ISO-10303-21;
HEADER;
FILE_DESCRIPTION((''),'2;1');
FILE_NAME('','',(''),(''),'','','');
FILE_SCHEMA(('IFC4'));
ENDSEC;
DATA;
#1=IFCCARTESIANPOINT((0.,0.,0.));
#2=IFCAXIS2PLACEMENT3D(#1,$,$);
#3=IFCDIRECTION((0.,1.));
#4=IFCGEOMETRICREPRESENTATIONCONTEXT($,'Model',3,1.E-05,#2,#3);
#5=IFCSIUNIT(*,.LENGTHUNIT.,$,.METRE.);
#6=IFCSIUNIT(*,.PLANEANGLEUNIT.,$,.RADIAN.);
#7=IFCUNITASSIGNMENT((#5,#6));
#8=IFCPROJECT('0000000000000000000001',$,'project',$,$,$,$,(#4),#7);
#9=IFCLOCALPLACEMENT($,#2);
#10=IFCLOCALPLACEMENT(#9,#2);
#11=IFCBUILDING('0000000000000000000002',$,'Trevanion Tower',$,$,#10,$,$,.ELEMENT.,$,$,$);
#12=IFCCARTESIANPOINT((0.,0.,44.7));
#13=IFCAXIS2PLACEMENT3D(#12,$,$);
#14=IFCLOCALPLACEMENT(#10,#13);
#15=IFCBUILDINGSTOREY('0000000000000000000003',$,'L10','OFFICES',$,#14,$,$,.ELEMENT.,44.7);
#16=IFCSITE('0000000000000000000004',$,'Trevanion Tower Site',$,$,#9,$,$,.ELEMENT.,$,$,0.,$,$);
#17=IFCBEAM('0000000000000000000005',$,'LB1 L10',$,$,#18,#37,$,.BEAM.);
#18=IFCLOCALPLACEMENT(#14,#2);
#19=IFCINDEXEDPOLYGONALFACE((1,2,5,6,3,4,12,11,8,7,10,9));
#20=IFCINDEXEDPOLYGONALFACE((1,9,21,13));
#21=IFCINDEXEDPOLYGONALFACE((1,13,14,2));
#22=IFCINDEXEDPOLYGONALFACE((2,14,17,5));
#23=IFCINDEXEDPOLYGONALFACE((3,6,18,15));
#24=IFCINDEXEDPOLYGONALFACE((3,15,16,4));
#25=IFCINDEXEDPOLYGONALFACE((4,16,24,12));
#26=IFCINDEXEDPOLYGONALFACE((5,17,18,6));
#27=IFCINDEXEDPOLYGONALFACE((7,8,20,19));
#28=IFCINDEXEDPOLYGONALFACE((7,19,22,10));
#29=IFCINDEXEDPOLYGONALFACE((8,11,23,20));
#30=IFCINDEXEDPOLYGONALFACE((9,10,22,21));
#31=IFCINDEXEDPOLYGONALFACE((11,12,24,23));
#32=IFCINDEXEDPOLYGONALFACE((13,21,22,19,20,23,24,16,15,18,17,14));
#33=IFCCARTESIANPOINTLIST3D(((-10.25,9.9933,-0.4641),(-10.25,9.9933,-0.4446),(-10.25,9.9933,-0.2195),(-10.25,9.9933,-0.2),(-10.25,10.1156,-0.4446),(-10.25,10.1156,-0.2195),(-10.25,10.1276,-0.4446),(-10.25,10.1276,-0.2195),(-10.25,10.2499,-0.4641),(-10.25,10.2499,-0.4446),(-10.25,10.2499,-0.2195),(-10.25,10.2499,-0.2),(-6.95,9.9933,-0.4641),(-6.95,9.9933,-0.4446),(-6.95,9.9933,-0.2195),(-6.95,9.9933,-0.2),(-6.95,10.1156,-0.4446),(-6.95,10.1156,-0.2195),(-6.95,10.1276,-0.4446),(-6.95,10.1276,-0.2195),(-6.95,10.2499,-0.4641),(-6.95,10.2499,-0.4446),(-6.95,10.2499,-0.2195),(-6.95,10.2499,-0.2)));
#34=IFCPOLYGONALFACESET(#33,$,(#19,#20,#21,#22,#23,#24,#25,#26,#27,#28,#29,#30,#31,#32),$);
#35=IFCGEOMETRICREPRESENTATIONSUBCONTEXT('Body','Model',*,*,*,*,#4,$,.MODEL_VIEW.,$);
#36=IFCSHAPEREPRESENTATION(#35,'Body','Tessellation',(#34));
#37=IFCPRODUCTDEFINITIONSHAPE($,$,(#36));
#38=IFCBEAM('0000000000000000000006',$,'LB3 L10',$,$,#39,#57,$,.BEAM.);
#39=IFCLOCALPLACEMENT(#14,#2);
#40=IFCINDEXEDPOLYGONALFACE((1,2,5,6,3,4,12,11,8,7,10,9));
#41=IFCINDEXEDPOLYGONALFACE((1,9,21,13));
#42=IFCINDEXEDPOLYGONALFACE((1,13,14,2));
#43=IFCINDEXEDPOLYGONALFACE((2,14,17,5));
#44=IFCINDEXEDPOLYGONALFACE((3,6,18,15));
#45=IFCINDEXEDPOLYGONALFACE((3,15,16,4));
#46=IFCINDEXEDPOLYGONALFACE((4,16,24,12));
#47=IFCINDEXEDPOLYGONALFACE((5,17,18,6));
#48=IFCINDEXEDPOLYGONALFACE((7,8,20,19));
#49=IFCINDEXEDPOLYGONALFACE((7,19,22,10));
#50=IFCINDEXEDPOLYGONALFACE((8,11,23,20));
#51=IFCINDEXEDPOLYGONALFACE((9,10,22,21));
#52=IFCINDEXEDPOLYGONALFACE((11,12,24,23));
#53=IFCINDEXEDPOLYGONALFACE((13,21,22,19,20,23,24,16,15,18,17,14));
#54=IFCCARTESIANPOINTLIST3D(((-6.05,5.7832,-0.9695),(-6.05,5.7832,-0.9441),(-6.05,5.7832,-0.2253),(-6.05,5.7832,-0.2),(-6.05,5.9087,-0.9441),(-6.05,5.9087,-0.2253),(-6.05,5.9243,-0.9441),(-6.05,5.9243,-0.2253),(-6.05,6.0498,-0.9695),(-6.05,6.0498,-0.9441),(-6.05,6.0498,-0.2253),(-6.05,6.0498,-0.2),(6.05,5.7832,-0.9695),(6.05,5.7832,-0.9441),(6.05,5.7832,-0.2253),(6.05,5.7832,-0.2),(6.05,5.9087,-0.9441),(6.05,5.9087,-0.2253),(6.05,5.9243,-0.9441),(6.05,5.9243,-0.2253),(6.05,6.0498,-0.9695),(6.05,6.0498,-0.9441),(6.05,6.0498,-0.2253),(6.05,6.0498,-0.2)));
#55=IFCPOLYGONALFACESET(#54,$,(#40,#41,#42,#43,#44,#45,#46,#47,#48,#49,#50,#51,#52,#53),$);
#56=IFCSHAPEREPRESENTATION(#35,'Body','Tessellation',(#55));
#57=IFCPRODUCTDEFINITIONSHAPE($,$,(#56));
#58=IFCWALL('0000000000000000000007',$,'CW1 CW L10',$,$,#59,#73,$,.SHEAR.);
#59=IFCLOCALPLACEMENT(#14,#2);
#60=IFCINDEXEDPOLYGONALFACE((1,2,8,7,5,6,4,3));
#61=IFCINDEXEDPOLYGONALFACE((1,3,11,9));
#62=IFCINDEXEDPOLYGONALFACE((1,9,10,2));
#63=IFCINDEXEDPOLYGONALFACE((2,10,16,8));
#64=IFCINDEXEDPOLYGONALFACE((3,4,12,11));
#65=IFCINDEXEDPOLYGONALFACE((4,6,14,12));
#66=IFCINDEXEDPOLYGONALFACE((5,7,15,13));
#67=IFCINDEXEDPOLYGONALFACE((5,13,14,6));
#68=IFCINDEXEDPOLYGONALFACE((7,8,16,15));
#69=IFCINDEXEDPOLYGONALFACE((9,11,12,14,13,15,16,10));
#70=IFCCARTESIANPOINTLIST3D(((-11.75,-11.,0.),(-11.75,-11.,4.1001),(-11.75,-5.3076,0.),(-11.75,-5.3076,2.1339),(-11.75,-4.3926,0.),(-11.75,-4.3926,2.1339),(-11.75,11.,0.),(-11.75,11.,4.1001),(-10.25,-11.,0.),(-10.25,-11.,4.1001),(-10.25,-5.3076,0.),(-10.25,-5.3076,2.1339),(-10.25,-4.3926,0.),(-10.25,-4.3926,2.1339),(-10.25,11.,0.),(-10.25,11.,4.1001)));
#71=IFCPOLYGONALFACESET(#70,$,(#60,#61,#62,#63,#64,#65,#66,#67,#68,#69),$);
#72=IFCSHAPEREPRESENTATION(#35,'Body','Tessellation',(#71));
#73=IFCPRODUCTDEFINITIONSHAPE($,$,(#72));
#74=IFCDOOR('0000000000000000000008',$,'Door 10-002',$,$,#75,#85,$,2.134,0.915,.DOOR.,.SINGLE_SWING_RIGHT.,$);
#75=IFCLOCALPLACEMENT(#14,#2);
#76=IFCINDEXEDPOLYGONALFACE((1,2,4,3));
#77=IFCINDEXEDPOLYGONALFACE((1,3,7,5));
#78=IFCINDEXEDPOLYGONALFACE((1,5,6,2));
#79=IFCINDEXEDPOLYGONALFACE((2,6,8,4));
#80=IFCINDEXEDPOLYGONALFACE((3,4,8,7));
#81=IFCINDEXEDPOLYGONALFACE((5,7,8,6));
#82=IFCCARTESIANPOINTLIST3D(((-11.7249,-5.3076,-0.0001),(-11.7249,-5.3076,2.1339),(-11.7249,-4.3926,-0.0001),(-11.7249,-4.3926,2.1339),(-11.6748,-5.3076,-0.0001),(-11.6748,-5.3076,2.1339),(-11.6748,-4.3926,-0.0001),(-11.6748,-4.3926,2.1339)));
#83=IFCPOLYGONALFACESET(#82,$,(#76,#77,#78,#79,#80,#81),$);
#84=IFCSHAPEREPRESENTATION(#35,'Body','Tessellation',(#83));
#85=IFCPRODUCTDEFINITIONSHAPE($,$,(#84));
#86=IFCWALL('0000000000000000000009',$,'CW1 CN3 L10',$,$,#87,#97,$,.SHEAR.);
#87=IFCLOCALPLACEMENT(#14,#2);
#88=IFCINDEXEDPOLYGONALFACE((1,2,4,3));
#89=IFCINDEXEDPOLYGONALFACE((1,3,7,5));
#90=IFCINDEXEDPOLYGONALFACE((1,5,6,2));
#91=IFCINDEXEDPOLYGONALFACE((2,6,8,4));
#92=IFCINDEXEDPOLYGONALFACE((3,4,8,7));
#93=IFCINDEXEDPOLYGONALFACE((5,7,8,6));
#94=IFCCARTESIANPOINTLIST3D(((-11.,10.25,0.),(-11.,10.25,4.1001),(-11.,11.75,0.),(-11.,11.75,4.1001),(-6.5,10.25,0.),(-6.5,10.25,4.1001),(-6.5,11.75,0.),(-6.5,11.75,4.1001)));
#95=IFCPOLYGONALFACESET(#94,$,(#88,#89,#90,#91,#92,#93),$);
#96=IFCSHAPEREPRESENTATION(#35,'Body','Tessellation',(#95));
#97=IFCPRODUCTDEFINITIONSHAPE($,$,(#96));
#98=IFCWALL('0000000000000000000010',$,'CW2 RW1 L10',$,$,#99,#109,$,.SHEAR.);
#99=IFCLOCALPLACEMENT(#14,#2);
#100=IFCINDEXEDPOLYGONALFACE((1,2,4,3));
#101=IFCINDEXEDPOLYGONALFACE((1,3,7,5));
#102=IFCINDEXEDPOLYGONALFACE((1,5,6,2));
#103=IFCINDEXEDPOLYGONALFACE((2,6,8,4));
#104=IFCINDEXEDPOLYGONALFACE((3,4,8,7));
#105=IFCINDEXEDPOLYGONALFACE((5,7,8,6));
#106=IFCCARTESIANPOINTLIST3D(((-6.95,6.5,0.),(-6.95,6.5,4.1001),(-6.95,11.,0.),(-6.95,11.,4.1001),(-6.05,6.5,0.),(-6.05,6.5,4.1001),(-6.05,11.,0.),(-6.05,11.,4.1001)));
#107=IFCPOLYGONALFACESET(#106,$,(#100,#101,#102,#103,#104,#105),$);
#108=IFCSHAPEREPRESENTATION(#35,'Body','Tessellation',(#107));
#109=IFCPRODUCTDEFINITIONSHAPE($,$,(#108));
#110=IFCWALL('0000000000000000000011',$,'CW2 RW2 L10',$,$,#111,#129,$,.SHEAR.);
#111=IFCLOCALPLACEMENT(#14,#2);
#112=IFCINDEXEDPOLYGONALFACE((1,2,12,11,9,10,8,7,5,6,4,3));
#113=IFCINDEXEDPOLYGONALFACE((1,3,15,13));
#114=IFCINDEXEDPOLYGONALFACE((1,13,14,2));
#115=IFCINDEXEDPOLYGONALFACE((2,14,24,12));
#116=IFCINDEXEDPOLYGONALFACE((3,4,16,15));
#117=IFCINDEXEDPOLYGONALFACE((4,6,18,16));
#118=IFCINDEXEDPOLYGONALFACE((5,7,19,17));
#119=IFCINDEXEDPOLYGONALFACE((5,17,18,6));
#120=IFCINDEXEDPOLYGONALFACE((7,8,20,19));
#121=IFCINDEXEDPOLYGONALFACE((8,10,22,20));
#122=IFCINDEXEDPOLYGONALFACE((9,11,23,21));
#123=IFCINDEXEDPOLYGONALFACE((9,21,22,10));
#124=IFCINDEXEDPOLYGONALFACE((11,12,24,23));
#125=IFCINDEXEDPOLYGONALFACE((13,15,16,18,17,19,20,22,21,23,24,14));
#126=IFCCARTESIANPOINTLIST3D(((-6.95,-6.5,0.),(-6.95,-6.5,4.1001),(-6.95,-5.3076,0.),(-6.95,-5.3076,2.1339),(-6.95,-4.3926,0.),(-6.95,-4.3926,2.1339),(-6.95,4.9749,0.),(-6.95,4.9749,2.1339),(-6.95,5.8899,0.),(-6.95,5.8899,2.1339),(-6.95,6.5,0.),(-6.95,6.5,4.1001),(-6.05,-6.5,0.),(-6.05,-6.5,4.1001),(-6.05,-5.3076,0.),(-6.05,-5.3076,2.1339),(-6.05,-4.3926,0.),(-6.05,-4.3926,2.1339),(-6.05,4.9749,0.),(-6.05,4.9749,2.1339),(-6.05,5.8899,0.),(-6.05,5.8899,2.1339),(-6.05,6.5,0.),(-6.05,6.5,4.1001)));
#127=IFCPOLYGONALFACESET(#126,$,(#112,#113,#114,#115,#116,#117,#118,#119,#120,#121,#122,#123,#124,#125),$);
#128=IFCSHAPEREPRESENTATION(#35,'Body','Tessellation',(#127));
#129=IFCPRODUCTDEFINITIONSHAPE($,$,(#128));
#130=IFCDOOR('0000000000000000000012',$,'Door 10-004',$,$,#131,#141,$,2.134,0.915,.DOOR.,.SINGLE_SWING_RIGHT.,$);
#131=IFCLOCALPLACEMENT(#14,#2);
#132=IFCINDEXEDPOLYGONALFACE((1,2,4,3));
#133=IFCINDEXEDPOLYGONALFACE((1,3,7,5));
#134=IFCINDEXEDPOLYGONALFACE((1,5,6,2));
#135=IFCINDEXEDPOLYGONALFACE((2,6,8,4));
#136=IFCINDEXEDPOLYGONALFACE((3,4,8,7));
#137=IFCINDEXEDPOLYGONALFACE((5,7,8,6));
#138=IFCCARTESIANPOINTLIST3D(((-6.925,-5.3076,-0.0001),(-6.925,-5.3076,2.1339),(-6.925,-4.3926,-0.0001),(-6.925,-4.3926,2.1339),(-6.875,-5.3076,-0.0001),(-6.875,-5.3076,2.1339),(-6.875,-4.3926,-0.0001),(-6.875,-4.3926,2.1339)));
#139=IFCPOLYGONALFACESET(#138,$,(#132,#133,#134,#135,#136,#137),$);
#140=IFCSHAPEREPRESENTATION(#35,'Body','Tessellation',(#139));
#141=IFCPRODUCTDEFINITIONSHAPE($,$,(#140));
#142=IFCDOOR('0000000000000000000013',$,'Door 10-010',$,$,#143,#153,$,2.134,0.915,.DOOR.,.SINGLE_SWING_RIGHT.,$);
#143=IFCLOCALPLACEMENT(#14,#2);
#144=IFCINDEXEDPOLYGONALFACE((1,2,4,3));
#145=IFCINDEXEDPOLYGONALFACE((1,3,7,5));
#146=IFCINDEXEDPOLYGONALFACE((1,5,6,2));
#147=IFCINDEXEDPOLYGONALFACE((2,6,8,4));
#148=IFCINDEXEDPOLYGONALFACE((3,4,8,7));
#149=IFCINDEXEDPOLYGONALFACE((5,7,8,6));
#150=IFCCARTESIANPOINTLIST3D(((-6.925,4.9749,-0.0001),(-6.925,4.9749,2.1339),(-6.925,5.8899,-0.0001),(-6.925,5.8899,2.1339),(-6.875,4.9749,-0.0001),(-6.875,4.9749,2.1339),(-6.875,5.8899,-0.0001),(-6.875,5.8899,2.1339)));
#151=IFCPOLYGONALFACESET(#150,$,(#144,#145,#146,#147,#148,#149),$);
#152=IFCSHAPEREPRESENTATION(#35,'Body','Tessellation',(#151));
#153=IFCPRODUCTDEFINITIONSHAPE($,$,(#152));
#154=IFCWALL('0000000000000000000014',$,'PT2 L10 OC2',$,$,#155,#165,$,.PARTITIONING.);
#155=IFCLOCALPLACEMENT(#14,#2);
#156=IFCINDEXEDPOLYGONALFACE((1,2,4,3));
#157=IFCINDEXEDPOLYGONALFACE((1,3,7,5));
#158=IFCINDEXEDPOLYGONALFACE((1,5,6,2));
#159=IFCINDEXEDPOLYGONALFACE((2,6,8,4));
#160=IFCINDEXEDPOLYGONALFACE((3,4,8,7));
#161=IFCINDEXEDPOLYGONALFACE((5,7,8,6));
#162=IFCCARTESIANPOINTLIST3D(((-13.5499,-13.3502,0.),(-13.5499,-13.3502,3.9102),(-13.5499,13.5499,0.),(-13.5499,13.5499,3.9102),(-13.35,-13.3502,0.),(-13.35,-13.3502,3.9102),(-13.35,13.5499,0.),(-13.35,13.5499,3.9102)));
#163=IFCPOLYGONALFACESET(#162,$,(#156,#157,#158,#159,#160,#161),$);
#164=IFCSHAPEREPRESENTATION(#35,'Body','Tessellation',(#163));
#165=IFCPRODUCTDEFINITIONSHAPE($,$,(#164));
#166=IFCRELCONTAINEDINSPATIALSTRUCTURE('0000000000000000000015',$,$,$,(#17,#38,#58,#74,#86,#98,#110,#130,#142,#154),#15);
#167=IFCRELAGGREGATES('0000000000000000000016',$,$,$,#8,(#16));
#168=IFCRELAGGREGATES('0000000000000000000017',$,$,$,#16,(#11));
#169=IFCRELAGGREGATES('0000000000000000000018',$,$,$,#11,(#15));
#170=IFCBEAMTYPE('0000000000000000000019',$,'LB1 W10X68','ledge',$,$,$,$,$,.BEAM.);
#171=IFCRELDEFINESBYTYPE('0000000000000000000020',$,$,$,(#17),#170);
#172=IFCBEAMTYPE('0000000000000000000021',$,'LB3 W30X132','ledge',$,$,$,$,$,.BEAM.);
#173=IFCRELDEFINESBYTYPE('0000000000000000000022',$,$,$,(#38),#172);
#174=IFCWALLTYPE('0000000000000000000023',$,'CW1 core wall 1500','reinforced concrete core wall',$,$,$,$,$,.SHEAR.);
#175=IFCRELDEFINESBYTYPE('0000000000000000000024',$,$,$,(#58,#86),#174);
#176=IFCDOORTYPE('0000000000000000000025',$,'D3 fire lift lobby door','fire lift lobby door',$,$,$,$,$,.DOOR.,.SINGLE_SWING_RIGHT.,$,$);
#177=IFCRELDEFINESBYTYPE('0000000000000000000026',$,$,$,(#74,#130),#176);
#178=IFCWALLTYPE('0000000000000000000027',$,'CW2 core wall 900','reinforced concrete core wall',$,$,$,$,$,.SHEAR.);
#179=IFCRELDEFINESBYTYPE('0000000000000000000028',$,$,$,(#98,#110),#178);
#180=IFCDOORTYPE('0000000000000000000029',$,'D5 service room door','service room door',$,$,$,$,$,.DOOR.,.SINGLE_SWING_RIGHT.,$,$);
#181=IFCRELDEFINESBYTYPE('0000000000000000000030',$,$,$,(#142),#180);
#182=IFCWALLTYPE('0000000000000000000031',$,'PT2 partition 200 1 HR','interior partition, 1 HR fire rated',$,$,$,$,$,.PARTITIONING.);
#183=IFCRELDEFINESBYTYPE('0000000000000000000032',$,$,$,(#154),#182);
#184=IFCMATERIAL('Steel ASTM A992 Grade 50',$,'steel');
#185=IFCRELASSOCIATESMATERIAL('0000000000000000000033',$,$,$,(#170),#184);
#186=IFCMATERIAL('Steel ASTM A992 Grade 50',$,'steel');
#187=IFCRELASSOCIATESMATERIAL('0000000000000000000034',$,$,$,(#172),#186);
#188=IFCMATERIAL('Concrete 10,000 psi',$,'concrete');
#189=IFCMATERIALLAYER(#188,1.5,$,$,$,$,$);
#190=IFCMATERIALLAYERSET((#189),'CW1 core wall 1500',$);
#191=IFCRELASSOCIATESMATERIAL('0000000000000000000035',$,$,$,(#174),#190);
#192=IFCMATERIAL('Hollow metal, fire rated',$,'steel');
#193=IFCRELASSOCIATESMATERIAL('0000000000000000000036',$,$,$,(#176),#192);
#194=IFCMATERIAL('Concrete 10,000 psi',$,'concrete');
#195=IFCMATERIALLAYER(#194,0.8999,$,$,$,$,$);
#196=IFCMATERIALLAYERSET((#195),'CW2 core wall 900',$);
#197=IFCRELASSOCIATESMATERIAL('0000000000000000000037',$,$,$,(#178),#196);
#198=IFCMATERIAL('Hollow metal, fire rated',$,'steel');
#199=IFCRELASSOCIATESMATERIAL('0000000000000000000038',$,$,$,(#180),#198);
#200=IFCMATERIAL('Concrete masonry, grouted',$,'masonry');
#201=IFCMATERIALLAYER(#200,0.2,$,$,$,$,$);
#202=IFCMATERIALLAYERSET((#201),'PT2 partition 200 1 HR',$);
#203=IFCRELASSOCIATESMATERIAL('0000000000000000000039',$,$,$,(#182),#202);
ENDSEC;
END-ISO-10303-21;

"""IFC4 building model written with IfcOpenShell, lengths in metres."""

from ifc_helpers import new_model, si_unit, direction, frame, frame_2d, origin, origin_2d, place, context, subcontext, project, spatial, rectangle, i_section, extrude, material, layer, layer_set, material_profile, profile_set, type_object, element, fill, save


model = new_model("IFC4")

# Units and contexts
model_context = context("Model", 3, precision=1e-05, world=origin(), true_north=direction((0.0, 1.0)))
body_context = subcontext(model_context, "Body", "Model", "MODEL_VIEW")
ifc_project = project(units=[si_unit("LENGTHUNIT", "METRE"), si_unit("PLANEANGLEUNIT", "RADIAN")], contexts=[model_context])

# Site, building, storey
site_placement = place(None, origin())
site = spatial("IfcSite", under=ifc_project, at=site_placement, Name="Trevanion Tower Site", CompositionType="ELEMENT", RefElevation=0.0)
building_placement = place(site_placement, origin())
building = spatial("IfcBuilding", under=site, at=building_placement, Name="Trevanion Tower", CompositionType="ELEMENT")
storey_placement = place(building_placement, frame((0.0, 0.0, 44.7)))
storey = spatial("IfcBuildingStorey", under=building, at=storey_placement, Name="L10", Description="OFFICES", CompositionType="ELEMENT", Elevation=44.7)

# Beams
ifc_material_1 = material(Name="Steel ASTM A992 Grade 50", Category="steel")
ifc_material_profile_1 = material_profile(ifc_material_1, i_section(OverallWidth=0.2566, OverallDepth=0.2642, WebThickness=0.012, FlangeThickness=0.0195, at=origin_2d()), Name="W10X68")
ifc_profile_set_1 = profile_set([ifc_material_profile_1], Name="Steel ASTM A992 Grade 50")
beam_type_1 = type_object("IfcBeamType", Name="LB1 W10X68", Description="ledge", PredefinedType="BEAM", material=ifc_profile_set_1)
beam_1_placement = place(storey_placement, frame((-10.25, 10.1216, -0.332), z_axis=(1.0, 0.0, 0.0), x_axis=(0.0, 1.0, 0.0)))
element("IfcBeam", 1, at=beam_1_placement, inside=storey, type_object=beam_type_1, Name="LB1 L10", PredefinedType="BEAM", context=body_context, shape_type="SweptSolid", body=[
    extrude(i_section(OverallWidth=0.2566, OverallDepth=0.2642, WebThickness=0.012, FlangeThickness=0.0195, at=origin_2d()), origin(), (0.0, 0.0, 1.0), 3.3),
])
ifc_material_2 = material(Name="Steel ASTM A992 Grade 50", Category="steel")
ifc_material_profile_2 = material_profile(ifc_material_2, i_section(OverallWidth=0.2666, OverallDepth=0.7695, WebThickness=0.0156, FlangeThickness=0.0254, at=origin_2d()), Name="W30X132")
ifc_profile_set_2 = profile_set([ifc_material_profile_2], Name="Steel ASTM A992 Grade 50")
beam_type_2 = type_object("IfcBeamType", Name="LB3 W30X132", Description="ledge", PredefinedType="BEAM", material=ifc_profile_set_2)
beam_2_placement = place(storey_placement, frame((-6.05, 5.9165, -0.5847), z_axis=(1.0, 0.0, 0.0), x_axis=(0.0, 1.0, 0.0)))
element("IfcBeam", 2, at=beam_2_placement, inside=storey, type_object=beam_type_2, Name="LB3 L10", PredefinedType="BEAM", context=body_context, shape_type="SweptSolid", body=[
    extrude(i_section(OverallWidth=0.2666, OverallDepth=0.7695, WebThickness=0.0156, FlangeThickness=0.0254, at=origin_2d()), origin(), (0.0, 0.0, 1.0), 12.1001),
])

# Wall, opening, door
ifc_material_3 = material(Name="Concrete 10,000 psi", Category="concrete")
ifc_layer_1 = layer(ifc_material_3, 1.5)
ifc_layer_set_1 = layer_set([ifc_layer_1], Name="CW1 core wall 1500")
wall_type_1 = type_object("IfcWallType", Name="CW1 core wall 1500", Description="reinforced concrete core wall", PredefinedType="SHEAR", material=ifc_layer_set_1)
wall_1_placement = place(storey_placement, frame((-11.0, 11.0, 0.0), z_axis=(0.0, 0.0, 1.0), x_axis=(0.0, -1.0, 0.0)))
wall_1 = element("IfcWall", 3, at=wall_1_placement, inside=storey, type_object=wall_type_1, Name="CW1 CW L10", PredefinedType="SHEAR", context=body_context, shape_type="SweptSolid", body=[
    extrude(rectangle(XDim=22.0, YDim=1.5, at=frame_2d((11.0, 0.0))), origin(), (0.0, 0.0, 1.0), 4.1001),
])
opening_1_placement = place(wall_1_placement, frame((15.3926, 0.0, 0.0)))
opening_1 = element("IfcOpeningElement", 4, at=opening_1_placement, cuts=wall_1, PredefinedType="OPENING", context=body_context, shape_type="SweptSolid", body=[
    extrude(rectangle(XDim=0.915, YDim=2.134, at=frame_2d((0.4575, 1.0669))), frame((0.0, 0.76, 0.0), z_axis=(0.0, -1.0, 0.0), x_axis=(1.0, 0.0, 0.0)), (0.0, 0.0, 1.0), 1.52),
])
ifc_material_4 = material(Name="Hollow metal, fire rated", Category="steel")
door_type_1 = type_object("IfcDoorType", Name="D3 fire lift lobby door", Description="fire lift lobby door", OperationType="SINGLE_SWING_RIGHT", PredefinedType="DOOR", material=ifc_material_4)
door_1_placement = place(opening_1_placement, origin())
door_1 = element("IfcDoor", 5, at=door_1_placement, inside=storey, type_object=door_type_1, Name="Door 10-002", OperationType="SINGLE_SWING_RIGHT", OverallHeight=2.134, OverallWidth=0.915, PredefinedType="DOOR", context=body_context, shape_type="SweptSolid", body=[
    extrude(rectangle(XDim=0.915, YDim=2.134, at=frame_2d((0.4575, 1.0669))), frame((0.0, -0.6748, 0.0), z_axis=(0.0, -1.0, 0.0), x_axis=(1.0, 0.0, 0.0)), (0.0, 0.0, 1.0), 0.05),
])
fill(opening_1, door_1)

# Walls
wall_2_placement = place(storey_placement, frame((-6.5, 11.0, 0.0), z_axis=(0.0, 0.0, 1.0), x_axis=(-1.0, 0.0, 0.0)))
element("IfcWall", 6, at=wall_2_placement, inside=storey, type_object=wall_type_1, Name="CW1 CN3 L10", PredefinedType="SHEAR", context=body_context, shape_type="SweptSolid", body=[
    extrude(rectangle(XDim=4.5, YDim=1.5, at=frame_2d((2.25, 0.0))), origin(), (0.0, 0.0, 1.0), 4.1001),
])
ifc_material_5 = material(Name="Concrete 10,000 psi", Category="concrete")
ifc_layer_2 = layer(ifc_material_5, 0.8999)
ifc_layer_set_2 = layer_set([ifc_layer_2], Name="CW2 core wall 900")
wall_type_2 = type_object("IfcWallType", Name="CW2 core wall 900", Description="reinforced concrete core wall", PredefinedType="SHEAR", material=ifc_layer_set_2)
wall_3_placement = place(storey_placement, frame((-6.5, 11.0, 0.0), z_axis=(0.0, 0.0, 1.0), x_axis=(0.0, -1.0, 0.0)))
element("IfcWall", 7, at=wall_3_placement, inside=storey, type_object=wall_type_2, Name="CW2 RW1 L10", PredefinedType="SHEAR", context=body_context, shape_type="SweptSolid", body=[
    extrude(rectangle(XDim=4.5, YDim=0.8999, at=frame_2d((2.25, 0.0))), origin(), (0.0, 0.0, 1.0), 4.1001),
])

# Wall, openings, doors
wall_4_placement = place(storey_placement, frame((-6.5, 6.5, 0.0), z_axis=(0.0, 0.0, 1.0), x_axis=(0.0, -1.0, 0.0)))
wall_4 = element("IfcWall", 8, at=wall_4_placement, inside=storey, type_object=wall_type_2, Name="CW2 RW2 L10", PredefinedType="SHEAR", context=body_context, shape_type="SweptSolid", body=[
    extrude(rectangle(XDim=13.0, YDim=0.8999, at=frame_2d((6.5, 0.0))), origin(), (0.0, 0.0, 1.0), 4.1001),
])
opening_2_placement = place(wall_4_placement, frame((10.8926, 0.0, 0.0)))
opening_2 = element("IfcOpeningElement", 9, at=opening_2_placement, cuts=wall_4, PredefinedType="OPENING", context=body_context, shape_type="SweptSolid", body=[
    extrude(rectangle(XDim=0.915, YDim=2.134, at=frame_2d((0.4575, 1.0669))), frame((0.0, 0.46, 0.0), z_axis=(0.0, -1.0, 0.0), x_axis=(1.0, 0.0, 0.0)), (0.0, 0.0, 1.0), 0.9199),
])
opening_3_placement = place(wall_4_placement, frame((0.6101, 0.0, 0.0)))
opening_3 = element("IfcOpeningElement", 10, at=opening_3_placement, cuts=wall_4, PredefinedType="OPENING", context=body_context, shape_type="SweptSolid", body=[
    extrude(rectangle(XDim=0.915, YDim=2.134, at=frame_2d((0.4575, 1.0669))), frame((0.0, 0.46, 0.0), z_axis=(0.0, -1.0, 0.0), x_axis=(1.0, 0.0, 0.0)), (0.0, 0.0, 1.0), 0.9199),
])
door_2_placement = place(opening_2_placement, origin())
door_2 = element("IfcDoor", 11, at=door_2_placement, inside=storey, type_object=door_type_1, Name="Door 10-004", OperationType="SINGLE_SWING_RIGHT", OverallHeight=2.134, OverallWidth=0.915, PredefinedType="DOOR", context=body_context, shape_type="SweptSolid", body=[
    extrude(rectangle(XDim=0.915, YDim=2.134, at=frame_2d((0.4575, 1.0669))), frame((0.0, -0.375, 0.0), z_axis=(0.0, -1.0, 0.0), x_axis=(1.0, 0.0, 0.0)), (0.0, 0.0, 1.0), 0.05),
])
fill(opening_2, door_2)
ifc_material_6 = material(Name="Hollow metal, fire rated", Category="steel")
door_type_2 = type_object("IfcDoorType", Name="D5 service room door", Description="service room door", OperationType="SINGLE_SWING_RIGHT", PredefinedType="DOOR", material=ifc_material_6)
door_3_placement = place(opening_3_placement, origin())
door_3 = element("IfcDoor", 12, at=door_3_placement, inside=storey, type_object=door_type_2, Name="Door 10-010", OperationType="SINGLE_SWING_RIGHT", OverallHeight=2.134, OverallWidth=0.915, PredefinedType="DOOR", context=body_context, shape_type="SweptSolid", body=[
    extrude(rectangle(XDim=0.915, YDim=2.134, at=frame_2d((0.4575, 1.0669))), frame((0.0, -0.375, 0.0), z_axis=(0.0, -1.0, 0.0), x_axis=(1.0, 0.0, 0.0)), (0.0, 0.0, 1.0), 0.05),
])
fill(opening_3, door_3)

# Wall
ifc_material_7 = material(Name="Concrete masonry, grouted", Category="masonry")
ifc_layer_3 = layer(ifc_material_7, 0.2)
ifc_layer_set_3 = layer_set([ifc_layer_3], Name="PT2 partition 200 1 HR")
wall_type_3 = type_object("IfcWallType", Name="PT2 partition 200 1 HR", Description="interior partition, 1 HR fire rated", PredefinedType="PARTITIONING", material=ifc_layer_set_3)
wall_5_placement = place(storey_placement, frame((-13.45, 13.55, 0.0), z_axis=(0.0, 0.0, 1.0), x_axis=(0.0, -1.0, 0.0)))
element("IfcWall", 13, at=wall_5_placement, inside=storey, type_object=wall_type_3, Name="PT2 L10 OC2", PredefinedType="PARTITIONING", context=body_context, shape_type="SweptSolid", body=[
    extrude(rectangle(XDim=26.9001, YDim=0.2, at=frame_2d((13.4502, 0.0))), origin(), (0.0, 0.0, 1.0), 3.9102),
])

save(model, "model.ifc")
